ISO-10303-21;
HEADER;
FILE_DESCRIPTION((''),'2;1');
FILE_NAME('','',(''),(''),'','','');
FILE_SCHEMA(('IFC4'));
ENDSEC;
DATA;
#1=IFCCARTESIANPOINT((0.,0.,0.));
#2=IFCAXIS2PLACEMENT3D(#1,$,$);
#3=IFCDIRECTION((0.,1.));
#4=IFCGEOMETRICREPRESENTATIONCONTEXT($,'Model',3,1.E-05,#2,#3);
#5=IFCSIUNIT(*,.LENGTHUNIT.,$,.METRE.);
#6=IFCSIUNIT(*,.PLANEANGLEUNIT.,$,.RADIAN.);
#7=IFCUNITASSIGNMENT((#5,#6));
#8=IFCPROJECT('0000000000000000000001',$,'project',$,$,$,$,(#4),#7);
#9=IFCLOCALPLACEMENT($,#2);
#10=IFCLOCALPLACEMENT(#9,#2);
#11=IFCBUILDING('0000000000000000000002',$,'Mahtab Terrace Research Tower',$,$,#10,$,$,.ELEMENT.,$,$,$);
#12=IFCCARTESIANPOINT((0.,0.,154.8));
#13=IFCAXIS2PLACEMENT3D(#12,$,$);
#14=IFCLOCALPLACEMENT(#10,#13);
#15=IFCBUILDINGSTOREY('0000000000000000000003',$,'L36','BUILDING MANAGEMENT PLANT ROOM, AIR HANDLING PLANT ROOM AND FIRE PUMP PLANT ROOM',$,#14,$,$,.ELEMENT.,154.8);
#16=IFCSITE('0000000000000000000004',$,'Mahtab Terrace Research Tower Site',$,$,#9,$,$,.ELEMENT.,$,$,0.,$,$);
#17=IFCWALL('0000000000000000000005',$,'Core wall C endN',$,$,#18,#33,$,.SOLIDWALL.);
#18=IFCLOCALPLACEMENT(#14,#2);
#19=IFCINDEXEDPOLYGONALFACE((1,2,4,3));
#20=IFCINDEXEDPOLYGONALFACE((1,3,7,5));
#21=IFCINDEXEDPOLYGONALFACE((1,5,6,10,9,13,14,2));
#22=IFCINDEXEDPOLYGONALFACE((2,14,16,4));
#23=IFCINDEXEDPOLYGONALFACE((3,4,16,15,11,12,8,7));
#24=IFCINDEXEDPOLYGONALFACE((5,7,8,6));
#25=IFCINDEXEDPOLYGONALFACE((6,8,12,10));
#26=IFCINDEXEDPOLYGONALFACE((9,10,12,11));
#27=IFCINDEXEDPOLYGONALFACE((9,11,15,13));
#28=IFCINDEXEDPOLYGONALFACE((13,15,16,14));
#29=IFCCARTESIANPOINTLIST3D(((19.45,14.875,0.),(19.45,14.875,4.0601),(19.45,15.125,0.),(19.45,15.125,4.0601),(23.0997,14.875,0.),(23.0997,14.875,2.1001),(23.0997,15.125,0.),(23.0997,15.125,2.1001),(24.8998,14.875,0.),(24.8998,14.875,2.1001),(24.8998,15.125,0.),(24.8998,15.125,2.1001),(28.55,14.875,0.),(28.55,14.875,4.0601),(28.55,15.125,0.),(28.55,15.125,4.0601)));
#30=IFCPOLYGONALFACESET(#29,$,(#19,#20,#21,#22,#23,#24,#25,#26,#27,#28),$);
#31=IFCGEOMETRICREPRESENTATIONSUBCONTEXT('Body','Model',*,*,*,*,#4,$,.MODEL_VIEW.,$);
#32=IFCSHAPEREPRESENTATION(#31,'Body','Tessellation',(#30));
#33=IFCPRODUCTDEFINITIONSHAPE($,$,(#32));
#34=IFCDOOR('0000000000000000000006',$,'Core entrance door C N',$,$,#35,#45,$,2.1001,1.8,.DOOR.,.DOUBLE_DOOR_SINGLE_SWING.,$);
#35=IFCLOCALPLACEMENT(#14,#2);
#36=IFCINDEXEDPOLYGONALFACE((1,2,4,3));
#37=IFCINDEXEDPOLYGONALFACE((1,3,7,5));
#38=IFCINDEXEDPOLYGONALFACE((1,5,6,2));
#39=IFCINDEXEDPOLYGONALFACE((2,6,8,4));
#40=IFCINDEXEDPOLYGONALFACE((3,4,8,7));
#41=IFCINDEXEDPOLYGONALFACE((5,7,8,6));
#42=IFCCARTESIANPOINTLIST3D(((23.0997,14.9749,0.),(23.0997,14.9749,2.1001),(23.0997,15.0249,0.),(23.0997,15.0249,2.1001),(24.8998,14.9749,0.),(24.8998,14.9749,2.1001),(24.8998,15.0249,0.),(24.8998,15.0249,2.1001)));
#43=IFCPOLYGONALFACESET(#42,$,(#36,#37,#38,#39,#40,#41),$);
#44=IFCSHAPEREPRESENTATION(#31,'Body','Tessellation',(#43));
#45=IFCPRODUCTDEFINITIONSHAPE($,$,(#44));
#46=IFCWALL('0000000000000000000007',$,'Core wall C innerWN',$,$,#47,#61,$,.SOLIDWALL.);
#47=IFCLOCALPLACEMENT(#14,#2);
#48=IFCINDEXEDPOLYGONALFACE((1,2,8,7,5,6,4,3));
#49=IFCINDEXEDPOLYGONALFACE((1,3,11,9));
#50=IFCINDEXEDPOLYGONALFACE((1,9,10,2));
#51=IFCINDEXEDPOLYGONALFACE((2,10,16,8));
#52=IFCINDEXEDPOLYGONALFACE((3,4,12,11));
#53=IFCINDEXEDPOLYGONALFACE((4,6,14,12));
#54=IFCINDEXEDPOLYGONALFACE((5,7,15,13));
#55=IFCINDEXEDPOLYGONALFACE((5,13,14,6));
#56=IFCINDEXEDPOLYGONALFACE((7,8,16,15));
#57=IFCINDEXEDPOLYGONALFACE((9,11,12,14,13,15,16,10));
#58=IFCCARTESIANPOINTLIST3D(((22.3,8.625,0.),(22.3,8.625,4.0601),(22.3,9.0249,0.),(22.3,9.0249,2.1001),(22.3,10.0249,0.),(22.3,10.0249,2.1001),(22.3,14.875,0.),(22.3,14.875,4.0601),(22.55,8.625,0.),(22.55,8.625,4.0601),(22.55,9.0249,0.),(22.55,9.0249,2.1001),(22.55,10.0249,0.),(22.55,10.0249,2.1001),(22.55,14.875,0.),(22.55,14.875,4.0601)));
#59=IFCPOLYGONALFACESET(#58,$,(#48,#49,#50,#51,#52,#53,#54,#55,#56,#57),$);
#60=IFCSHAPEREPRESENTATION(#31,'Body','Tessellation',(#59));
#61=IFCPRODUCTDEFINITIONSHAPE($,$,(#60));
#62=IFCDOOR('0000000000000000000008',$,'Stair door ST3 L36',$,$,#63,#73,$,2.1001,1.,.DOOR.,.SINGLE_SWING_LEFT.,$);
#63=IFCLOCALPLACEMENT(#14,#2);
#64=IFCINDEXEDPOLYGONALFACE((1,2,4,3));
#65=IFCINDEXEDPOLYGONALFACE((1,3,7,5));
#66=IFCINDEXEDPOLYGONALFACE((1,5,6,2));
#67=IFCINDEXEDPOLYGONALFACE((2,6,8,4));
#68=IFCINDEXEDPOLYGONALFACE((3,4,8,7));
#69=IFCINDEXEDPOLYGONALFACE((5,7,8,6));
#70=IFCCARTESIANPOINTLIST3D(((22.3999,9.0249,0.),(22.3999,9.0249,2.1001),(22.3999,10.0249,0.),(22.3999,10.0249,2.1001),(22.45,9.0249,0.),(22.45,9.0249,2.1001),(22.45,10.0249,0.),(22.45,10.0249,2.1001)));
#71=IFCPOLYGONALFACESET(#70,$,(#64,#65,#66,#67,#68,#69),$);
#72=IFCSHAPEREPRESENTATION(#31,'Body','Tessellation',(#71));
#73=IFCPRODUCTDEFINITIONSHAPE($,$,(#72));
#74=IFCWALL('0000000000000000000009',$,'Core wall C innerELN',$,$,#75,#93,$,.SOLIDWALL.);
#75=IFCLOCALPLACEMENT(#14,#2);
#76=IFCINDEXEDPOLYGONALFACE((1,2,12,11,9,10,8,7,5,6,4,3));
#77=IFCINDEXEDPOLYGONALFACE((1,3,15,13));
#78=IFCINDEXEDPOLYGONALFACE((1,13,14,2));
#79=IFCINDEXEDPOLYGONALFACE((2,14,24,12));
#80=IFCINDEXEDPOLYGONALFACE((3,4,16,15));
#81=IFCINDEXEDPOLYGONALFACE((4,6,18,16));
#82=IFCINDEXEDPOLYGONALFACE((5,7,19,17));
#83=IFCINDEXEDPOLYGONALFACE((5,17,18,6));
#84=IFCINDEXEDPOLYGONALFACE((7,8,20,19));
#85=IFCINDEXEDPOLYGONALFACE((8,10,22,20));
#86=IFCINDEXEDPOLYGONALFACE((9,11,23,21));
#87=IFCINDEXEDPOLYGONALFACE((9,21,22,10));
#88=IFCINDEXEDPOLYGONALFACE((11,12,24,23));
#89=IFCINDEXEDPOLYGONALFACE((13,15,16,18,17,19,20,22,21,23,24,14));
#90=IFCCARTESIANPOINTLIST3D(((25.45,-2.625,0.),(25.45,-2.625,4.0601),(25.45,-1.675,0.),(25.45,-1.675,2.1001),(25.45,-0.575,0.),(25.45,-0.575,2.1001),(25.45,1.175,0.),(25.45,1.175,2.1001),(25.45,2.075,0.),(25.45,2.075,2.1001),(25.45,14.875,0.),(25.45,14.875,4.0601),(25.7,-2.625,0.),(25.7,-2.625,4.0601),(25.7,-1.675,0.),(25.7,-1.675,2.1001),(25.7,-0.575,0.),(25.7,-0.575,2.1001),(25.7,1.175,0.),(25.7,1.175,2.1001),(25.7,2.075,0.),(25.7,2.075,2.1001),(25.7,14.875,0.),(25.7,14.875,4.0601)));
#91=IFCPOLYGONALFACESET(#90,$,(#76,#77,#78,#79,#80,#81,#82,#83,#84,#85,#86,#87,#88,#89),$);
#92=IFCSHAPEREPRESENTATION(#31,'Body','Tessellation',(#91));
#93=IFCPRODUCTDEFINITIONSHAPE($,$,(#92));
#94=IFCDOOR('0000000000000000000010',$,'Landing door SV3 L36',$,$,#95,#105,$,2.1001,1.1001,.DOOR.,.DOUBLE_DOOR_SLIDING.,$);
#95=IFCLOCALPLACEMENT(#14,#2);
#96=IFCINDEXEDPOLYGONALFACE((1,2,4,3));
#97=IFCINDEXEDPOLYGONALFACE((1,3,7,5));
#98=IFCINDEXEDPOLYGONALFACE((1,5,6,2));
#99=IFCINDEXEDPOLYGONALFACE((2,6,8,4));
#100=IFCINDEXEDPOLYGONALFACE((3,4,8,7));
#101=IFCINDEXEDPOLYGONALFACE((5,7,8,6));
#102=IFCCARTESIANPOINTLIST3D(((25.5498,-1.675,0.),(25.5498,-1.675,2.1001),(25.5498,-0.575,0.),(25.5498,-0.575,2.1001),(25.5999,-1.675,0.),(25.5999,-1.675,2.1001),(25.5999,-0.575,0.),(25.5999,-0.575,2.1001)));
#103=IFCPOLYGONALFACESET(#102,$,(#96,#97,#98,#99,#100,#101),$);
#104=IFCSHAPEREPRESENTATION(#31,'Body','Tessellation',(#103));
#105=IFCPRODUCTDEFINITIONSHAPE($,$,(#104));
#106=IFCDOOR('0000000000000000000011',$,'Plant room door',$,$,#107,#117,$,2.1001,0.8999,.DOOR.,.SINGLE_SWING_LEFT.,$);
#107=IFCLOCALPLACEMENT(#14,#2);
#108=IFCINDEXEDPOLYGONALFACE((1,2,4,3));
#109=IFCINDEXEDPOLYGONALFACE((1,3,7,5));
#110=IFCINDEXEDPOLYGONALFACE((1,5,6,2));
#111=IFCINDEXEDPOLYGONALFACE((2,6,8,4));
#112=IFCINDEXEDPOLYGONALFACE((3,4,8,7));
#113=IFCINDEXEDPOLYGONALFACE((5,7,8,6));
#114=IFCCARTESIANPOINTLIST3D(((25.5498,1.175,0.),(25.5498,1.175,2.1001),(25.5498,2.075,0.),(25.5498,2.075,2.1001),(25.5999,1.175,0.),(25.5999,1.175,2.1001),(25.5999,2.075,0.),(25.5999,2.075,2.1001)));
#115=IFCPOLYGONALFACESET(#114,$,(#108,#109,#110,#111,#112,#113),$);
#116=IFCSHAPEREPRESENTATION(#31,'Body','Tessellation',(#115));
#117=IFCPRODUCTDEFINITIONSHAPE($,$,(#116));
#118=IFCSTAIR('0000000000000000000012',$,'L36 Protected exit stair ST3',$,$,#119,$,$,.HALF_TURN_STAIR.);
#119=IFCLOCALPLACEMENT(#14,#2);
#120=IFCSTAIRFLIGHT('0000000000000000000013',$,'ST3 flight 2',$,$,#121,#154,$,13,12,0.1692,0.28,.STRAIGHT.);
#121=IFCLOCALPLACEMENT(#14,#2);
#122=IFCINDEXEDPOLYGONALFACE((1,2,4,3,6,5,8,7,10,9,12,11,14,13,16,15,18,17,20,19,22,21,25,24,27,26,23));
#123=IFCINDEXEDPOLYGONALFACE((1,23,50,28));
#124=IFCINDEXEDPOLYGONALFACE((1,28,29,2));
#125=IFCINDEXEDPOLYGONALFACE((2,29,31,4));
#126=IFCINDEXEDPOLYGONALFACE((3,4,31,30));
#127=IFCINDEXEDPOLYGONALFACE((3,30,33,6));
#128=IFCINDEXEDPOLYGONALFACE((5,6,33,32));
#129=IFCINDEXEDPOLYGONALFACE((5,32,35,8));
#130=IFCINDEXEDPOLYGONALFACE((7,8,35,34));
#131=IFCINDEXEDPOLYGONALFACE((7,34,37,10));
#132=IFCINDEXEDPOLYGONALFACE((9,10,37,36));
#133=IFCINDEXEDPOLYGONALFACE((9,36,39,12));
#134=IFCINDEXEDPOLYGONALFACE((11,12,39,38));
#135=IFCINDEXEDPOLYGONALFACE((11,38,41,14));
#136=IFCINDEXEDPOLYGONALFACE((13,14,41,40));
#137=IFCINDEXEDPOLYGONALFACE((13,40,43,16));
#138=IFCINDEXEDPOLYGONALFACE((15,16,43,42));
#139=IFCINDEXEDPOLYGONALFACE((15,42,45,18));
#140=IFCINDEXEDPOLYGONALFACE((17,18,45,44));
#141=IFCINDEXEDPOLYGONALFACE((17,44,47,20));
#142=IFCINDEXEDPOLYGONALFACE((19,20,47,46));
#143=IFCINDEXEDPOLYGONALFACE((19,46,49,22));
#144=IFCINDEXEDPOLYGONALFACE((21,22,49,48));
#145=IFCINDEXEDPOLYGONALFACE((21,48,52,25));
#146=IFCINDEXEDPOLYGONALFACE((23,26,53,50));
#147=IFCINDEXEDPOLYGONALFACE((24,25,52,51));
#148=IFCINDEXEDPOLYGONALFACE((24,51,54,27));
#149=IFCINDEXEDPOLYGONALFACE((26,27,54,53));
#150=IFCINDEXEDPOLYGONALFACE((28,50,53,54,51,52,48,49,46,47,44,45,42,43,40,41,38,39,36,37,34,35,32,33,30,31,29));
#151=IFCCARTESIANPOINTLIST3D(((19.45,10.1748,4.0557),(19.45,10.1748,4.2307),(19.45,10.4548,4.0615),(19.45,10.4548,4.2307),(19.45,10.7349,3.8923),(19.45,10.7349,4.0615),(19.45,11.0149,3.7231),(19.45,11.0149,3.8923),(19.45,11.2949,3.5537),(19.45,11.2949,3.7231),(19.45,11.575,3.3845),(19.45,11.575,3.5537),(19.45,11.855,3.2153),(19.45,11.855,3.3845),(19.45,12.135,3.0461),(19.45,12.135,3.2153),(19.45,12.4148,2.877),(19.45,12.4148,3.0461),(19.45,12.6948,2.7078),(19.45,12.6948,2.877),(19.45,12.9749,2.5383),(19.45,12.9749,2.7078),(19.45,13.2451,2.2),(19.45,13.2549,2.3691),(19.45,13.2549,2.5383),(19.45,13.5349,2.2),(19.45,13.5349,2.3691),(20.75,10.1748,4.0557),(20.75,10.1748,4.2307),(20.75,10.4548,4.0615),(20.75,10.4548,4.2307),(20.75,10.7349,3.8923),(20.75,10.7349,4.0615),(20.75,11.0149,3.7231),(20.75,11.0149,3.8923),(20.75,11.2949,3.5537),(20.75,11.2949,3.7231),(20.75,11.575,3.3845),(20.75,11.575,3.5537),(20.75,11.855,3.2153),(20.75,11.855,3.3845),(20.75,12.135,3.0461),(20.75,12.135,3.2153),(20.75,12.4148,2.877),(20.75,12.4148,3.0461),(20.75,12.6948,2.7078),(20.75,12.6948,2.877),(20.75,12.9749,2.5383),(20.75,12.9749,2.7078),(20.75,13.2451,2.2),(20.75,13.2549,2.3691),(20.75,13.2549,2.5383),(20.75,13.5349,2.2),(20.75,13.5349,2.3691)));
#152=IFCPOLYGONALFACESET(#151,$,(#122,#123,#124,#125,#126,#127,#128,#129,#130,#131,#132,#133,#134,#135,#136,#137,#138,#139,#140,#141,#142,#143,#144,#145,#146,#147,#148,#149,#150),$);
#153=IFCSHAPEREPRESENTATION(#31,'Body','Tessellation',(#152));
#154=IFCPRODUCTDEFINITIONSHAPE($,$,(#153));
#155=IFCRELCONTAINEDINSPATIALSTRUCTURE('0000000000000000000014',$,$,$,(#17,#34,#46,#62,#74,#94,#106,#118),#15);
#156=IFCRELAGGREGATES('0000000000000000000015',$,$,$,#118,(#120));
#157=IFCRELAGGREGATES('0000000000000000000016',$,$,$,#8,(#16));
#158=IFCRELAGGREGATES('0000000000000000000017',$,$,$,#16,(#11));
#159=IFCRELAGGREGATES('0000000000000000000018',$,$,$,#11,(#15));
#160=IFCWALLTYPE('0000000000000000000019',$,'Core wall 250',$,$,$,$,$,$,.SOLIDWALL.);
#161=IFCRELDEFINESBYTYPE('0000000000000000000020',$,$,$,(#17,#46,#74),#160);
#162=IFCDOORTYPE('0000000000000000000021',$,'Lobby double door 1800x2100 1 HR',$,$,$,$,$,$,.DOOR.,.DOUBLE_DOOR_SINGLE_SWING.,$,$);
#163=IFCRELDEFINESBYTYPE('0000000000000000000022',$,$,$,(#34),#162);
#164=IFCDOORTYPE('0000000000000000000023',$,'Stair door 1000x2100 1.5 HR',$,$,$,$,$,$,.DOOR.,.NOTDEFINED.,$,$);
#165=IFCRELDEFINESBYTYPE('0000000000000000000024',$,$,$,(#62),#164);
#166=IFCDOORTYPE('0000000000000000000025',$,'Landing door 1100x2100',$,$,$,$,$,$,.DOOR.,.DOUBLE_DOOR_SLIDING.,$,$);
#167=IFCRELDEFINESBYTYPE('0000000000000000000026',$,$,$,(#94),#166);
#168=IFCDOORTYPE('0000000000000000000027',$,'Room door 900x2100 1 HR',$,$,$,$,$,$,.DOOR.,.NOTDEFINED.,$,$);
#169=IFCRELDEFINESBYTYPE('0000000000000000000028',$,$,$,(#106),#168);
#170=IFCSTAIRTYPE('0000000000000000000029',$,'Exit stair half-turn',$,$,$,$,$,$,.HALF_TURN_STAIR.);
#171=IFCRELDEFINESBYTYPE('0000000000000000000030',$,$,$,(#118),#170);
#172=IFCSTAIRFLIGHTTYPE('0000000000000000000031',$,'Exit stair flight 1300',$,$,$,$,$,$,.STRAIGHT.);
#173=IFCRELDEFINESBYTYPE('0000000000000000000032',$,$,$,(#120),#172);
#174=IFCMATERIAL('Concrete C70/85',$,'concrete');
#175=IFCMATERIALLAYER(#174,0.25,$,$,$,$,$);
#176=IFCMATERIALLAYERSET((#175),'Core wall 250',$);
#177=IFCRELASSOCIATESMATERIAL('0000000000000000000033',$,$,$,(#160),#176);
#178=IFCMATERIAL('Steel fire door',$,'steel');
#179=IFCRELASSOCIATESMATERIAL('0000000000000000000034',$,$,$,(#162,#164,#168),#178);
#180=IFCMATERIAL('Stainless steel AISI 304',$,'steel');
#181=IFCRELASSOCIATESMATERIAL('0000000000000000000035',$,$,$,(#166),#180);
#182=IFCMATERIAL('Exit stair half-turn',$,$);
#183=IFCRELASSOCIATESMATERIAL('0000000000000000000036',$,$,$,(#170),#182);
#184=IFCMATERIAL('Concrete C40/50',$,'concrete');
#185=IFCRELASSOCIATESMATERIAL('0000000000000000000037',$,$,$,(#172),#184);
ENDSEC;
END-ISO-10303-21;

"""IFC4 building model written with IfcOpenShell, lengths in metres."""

from ifc_helpers import new_model, si_unit, direction, frame, frame_2d, origin, place, context, subcontext, project, spatial, polyline, rectangle, outline, extrude, material, layer, layer_set, type_object, element, fill, aggregate, save


model = new_model("IFC4")

# Units and contexts
model_context = context("Model", 3, precision=1e-05, world=origin(), true_north=direction((0.0, 1.0)))
body_context = subcontext(model_context, "Body", "Model", "MODEL_VIEW")
ifc_project = project(units=[si_unit("LENGTHUNIT", "METRE"), si_unit("PLANEANGLEUNIT", "RADIAN")], contexts=[model_context])

# Site, building, storey
site_placement = place(None, origin())
site = spatial("IfcSite", under=ifc_project, at=site_placement, Name="Mahtab Terrace Research Tower Site", CompositionType="ELEMENT", RefElevation=0.0)
building_placement = place(site_placement, origin())
building = spatial("IfcBuilding", under=site, at=building_placement, Name="Mahtab Terrace Research Tower", CompositionType="ELEMENT")
storey_placement = place(building_placement, frame((0.0, 0.0, 154.8)))
storey = spatial("IfcBuildingStorey", under=building, at=storey_placement, Name="L36", Description="BUILDING MANAGEMENT PLANT ROOM, AIR HANDLING PLANT ROOM AND FIRE PUMP PLANT ROOM", CompositionType="ELEMENT", Elevation=154.8)

# Shared definitions
ifc_material_1 = material(Name="Concrete C70/85", Category="concrete")

# Walls, openings, doors
ifc_layer_1 = layer(ifc_material_1, 0.25)
ifc_layer_set_1 = layer_set([ifc_layer_1], Name="Core wall 250")
wall_type_1 = type_object("IfcWallType", Name="Core wall 250", PredefinedType="SOLIDWALL", material=ifc_layer_set_1)
wall_1_placement = place(storey_placement, frame((19.45, 15.0, 0.0), z_axis=(0.0, 0.0, 1.0), x_axis=(1.0, 0.0, 0.0)))
wall_1 = element("IfcWall", 1, at=wall_1_placement, inside=storey, type_object=wall_type_1, Name="Core wall C endN", PredefinedType="SOLIDWALL", context=body_context, shape_type="SweptSolid", body=[
    extrude(rectangle(XDim=9.1001, YDim=0.25, at=frame_2d((4.55, 0.0))), origin(), (0.0, 0.0, 1.0), 4.0601),
])
opening_1_placement = place(wall_1_placement, frame((3.6499, 0.0, 0.0)))
opening_1 = element("IfcOpeningElement", 2, at=opening_1_placement, cuts=wall_1, PredefinedType="OPENING", context=body_context, shape_type="SweptSolid", body=[
    extrude(rectangle(XDim=1.8, YDim=2.1001, at=frame_2d((0.8999, 1.05))), frame((0.0, 0.135, 0.0), z_axis=(0.0, -1.0, 0.0), x_axis=(1.0, 0.0, 0.0)), (0.0, 0.0, 1.0), 0.27),
])
ifc_material_2 = material(Name="Steel fire door", Category="steel")
door_type_1 = type_object("IfcDoorType", Name="Lobby double door 1800x2100 1 HR", OperationType="DOUBLE_DOOR_SINGLE_SWING", PredefinedType="DOOR", material=ifc_material_2)
door_1_placement = place(opening_1_placement, origin())
door_1 = element("IfcDoor", 3, at=door_1_placement, inside=storey, type_object=door_type_1, Name="Core entrance door C N", OperationType="DOUBLE_DOOR_SINGLE_SWING", OverallHeight=2.1001, OverallWidth=1.8, PredefinedType="DOOR", context=body_context, shape_type="SweptSolid", body=[
    extrude(rectangle(XDim=1.8, YDim=2.1001, at=frame_2d((0.8999, 1.05))), frame((0.0, 0.0249, 0.0), z_axis=(0.0, -1.0, 0.0), x_axis=(1.0, 0.0, 0.0)), (0.0, 0.0, 1.0), 0.05),
])
fill(opening_1, door_1)
wall_2_placement = place(storey_placement, frame((22.425, 14.875, 0.0), z_axis=(0.0, 0.0, 1.0), x_axis=(0.0, -1.0, 0.0)))
wall_2 = element("IfcWall", 4, at=wall_2_placement, inside=storey, type_object=wall_type_1, Name="Core wall C innerWN", PredefinedType="SOLIDWALL", context=body_context, shape_type="SweptSolid", body=[
    extrude(rectangle(XDim=6.25, YDim=0.25, at=frame_2d((3.125, 0.0))), origin(), (0.0, 0.0, 1.0), 4.0601),
])
opening_2_placement = place(wall_2_placement, frame((4.8501, 0.0, 0.0)))
opening_2 = element("IfcOpeningElement", 5, at=opening_2_placement, cuts=wall_2, PredefinedType="OPENING", context=body_context, shape_type="SweptSolid", body=[
    extrude(rectangle(XDim=1.0, YDim=2.1001, at=frame_2d((0.5, 1.05))), frame((0.0, 0.135, 0.0), z_axis=(0.0, -1.0, 0.0), x_axis=(1.0, 0.0, 0.0)), (0.0, 0.0, 1.0), 0.27),
])
door_type_2 = type_object("IfcDoorType", Name="Stair door 1000x2100 1.5 HR", OperationType="NOTDEFINED", PredefinedType="DOOR", material=ifc_material_2)
door_2_placement = place(opening_2_placement, origin())
door_2 = element("IfcDoor", 6, at=door_2_placement, inside=storey, type_object=door_type_2, Name="Stair door ST3 L36", OperationType="SINGLE_SWING_LEFT", OverallHeight=2.1001, OverallWidth=1.0, PredefinedType="DOOR", context=body_context, shape_type="SweptSolid", body=[
    extrude(rectangle(XDim=1.0, YDim=2.1001, at=frame_2d((0.5, 1.05))), frame((0.0, 0.0249, 0.0), z_axis=(0.0, -1.0, 0.0), x_axis=(1.0, 0.0, 0.0)), (0.0, 0.0, 1.0), 0.05),
])
fill(opening_2, door_2)

# Wall, openings, doors
wall_3_placement = place(storey_placement, frame((25.575, 14.875, 0.0), z_axis=(0.0, 0.0, 1.0), x_axis=(0.0, -1.0, 0.0)))
wall_3 = element("IfcWall", 7, at=wall_3_placement, inside=storey, type_object=wall_type_1, Name="Core wall C innerELN", PredefinedType="SOLIDWALL", context=body_context, shape_type="SweptSolid", body=[
    extrude(rectangle(XDim=17.5, YDim=0.25, at=frame_2d((8.75, 0.0))), origin(), (0.0, 0.0, 1.0), 4.0601),
])
opening_3_placement = place(wall_3_placement, frame((15.45, 0.0, 0.0)))
opening_3 = element("IfcOpeningElement", 8, at=opening_3_placement, cuts=wall_3, PredefinedType="OPENING", context=body_context, shape_type="SweptSolid", body=[
    extrude(rectangle(XDim=1.1001, YDim=2.1001, at=frame_2d((0.55, 1.05))), frame((0.0, 0.135, 0.0), z_axis=(0.0, -1.0, 0.0), x_axis=(1.0, 0.0, 0.0)), (0.0, 0.0, 1.0), 0.27),
])
opening_4_placement = place(wall_3_placement, frame((12.8, 0.0, 0.0)))
opening_4 = element("IfcOpeningElement", 9, at=opening_4_placement, cuts=wall_3, PredefinedType="OPENING", context=body_context, shape_type="SweptSolid", body=[
    extrude(rectangle(XDim=0.8999, YDim=2.1001, at=frame_2d((0.45, 1.05))), frame((0.0, 0.135, 0.0), z_axis=(0.0, -1.0, 0.0), x_axis=(1.0, 0.0, 0.0)), (0.0, 0.0, 1.0), 0.27),
])
ifc_material_3 = material(Name="Stainless steel AISI 304", Category="steel")
door_type_3 = type_object("IfcDoorType", Name="Landing door 1100x2100", OperationType="DOUBLE_DOOR_SLIDING", PredefinedType="DOOR", material=ifc_material_3)
door_3_placement = place(opening_3_placement, origin())
door_3 = element("IfcDoor", 10, at=door_3_placement, inside=storey, type_object=door_type_3, Name="Landing door SV3 L36", OperationType="DOUBLE_DOOR_SLIDING", OverallHeight=2.1001, OverallWidth=1.1001, PredefinedType="DOOR", context=body_context, shape_type="SweptSolid", body=[
    extrude(rectangle(XDim=1.1001, YDim=2.1001, at=frame_2d((0.55, 1.05))), frame((0.0, 0.0249, 0.0), z_axis=(0.0, -1.0, 0.0), x_axis=(1.0, 0.0, 0.0)), (0.0, 0.0, 1.0), 0.05),
])
fill(opening_3, door_3)
door_type_4 = type_object("IfcDoorType", Name="Room door 900x2100 1 HR", OperationType="NOTDEFINED", PredefinedType="DOOR", material=ifc_material_2)
door_4_placement = place(opening_4_placement, origin())
door_4 = element("IfcDoor", 11, at=door_4_placement, inside=storey, type_object=door_type_4, Name="Plant room door", OperationType="SINGLE_SWING_LEFT", OverallHeight=2.1001, OverallWidth=0.8999, PredefinedType="DOOR", context=body_context, shape_type="SweptSolid", body=[
    extrude(rectangle(XDim=0.8999, YDim=2.1001, at=frame_2d((0.45, 1.05))), frame((0.0, 0.0249, 0.0), z_axis=(0.0, -1.0, 0.0), x_axis=(1.0, 0.0, 0.0)), (0.0, 0.0, 1.0), 0.05),
])
fill(opening_4, door_4)

# Stair, stair flight
ifc_material_4 = material(Name="Exit stair half-turn")
stair_type = type_object("IfcStairType", Name="Exit stair half-turn", PredefinedType="HALF_TURN_STAIR", material=ifc_material_4)
stair_placement = place(storey_placement, origin())
stair = element("IfcStair", 12, at=stair_placement, inside=storey, type_object=stair_type, Name="L36 Protected exit stair ST3", PredefinedType="HALF_TURN_STAIR")
ifc_material_5 = material(Name="Concrete C40/50", Category="concrete")
stair_flight_type = type_object("IfcStairFlightType", Name="Exit stair flight 1300", PredefinedType="STRAIGHT", material=ifc_material_5)
stair_flight_placement = place(storey_placement, frame((20.1001, 13.5349, 2.2), z_axis=(0.0, 0.0, 1.0), x_axis=(0.0, -1.0, 0.0)))
stair_flight = element("IfcStairFlight", 13, at=stair_flight_placement, type_object=stair_flight_type, Name="ST3 flight 2", NumberOfRisers=13, NumberOfTreads=12, PredefinedType="STRAIGHT", RiserHeight=0.1692, TreadLength=0.28, context=body_context, shape_type="SweptSolid", body=[
    extrude(outline(polyline([(0.0, 0.0), (0.0, 0.1692), (0.28, 0.1692), (0.28, 0.3384), (0.5601, 0.3384), (0.5601, 0.5078), (0.8401, 0.5078), (0.8401, 0.677), (1.1201, 0.677), (1.1201, 0.8462), (1.3999, 0.8462), (1.3999, 1.0154), (1.6799, 1.0154), (1.6799, 1.1846), (1.96, 1.1846), (1.96, 1.3538), (2.24, 1.3538), (2.24, 1.5232), (2.52, 1.5232), (2.52, 1.6924), (2.8, 1.6924), (2.8, 1.8616), (3.0801, 1.8616), (3.0801, 2.0308), (3.3601, 2.0308), (3.3601, 2.2), (3.3601, 1.8557), (0.2898, 0.0), (0.0, 0.0)])), frame((0.0, 0.6499, 0.0), z_axis=(0.0, -1.0, 0.0), x_axis=(1.0, 0.0, 0.0)), (0.0, 0.0, 1.0), 1.3),
])
aggregate(stair, [stair_flight])

save(model, "model.ifc")
